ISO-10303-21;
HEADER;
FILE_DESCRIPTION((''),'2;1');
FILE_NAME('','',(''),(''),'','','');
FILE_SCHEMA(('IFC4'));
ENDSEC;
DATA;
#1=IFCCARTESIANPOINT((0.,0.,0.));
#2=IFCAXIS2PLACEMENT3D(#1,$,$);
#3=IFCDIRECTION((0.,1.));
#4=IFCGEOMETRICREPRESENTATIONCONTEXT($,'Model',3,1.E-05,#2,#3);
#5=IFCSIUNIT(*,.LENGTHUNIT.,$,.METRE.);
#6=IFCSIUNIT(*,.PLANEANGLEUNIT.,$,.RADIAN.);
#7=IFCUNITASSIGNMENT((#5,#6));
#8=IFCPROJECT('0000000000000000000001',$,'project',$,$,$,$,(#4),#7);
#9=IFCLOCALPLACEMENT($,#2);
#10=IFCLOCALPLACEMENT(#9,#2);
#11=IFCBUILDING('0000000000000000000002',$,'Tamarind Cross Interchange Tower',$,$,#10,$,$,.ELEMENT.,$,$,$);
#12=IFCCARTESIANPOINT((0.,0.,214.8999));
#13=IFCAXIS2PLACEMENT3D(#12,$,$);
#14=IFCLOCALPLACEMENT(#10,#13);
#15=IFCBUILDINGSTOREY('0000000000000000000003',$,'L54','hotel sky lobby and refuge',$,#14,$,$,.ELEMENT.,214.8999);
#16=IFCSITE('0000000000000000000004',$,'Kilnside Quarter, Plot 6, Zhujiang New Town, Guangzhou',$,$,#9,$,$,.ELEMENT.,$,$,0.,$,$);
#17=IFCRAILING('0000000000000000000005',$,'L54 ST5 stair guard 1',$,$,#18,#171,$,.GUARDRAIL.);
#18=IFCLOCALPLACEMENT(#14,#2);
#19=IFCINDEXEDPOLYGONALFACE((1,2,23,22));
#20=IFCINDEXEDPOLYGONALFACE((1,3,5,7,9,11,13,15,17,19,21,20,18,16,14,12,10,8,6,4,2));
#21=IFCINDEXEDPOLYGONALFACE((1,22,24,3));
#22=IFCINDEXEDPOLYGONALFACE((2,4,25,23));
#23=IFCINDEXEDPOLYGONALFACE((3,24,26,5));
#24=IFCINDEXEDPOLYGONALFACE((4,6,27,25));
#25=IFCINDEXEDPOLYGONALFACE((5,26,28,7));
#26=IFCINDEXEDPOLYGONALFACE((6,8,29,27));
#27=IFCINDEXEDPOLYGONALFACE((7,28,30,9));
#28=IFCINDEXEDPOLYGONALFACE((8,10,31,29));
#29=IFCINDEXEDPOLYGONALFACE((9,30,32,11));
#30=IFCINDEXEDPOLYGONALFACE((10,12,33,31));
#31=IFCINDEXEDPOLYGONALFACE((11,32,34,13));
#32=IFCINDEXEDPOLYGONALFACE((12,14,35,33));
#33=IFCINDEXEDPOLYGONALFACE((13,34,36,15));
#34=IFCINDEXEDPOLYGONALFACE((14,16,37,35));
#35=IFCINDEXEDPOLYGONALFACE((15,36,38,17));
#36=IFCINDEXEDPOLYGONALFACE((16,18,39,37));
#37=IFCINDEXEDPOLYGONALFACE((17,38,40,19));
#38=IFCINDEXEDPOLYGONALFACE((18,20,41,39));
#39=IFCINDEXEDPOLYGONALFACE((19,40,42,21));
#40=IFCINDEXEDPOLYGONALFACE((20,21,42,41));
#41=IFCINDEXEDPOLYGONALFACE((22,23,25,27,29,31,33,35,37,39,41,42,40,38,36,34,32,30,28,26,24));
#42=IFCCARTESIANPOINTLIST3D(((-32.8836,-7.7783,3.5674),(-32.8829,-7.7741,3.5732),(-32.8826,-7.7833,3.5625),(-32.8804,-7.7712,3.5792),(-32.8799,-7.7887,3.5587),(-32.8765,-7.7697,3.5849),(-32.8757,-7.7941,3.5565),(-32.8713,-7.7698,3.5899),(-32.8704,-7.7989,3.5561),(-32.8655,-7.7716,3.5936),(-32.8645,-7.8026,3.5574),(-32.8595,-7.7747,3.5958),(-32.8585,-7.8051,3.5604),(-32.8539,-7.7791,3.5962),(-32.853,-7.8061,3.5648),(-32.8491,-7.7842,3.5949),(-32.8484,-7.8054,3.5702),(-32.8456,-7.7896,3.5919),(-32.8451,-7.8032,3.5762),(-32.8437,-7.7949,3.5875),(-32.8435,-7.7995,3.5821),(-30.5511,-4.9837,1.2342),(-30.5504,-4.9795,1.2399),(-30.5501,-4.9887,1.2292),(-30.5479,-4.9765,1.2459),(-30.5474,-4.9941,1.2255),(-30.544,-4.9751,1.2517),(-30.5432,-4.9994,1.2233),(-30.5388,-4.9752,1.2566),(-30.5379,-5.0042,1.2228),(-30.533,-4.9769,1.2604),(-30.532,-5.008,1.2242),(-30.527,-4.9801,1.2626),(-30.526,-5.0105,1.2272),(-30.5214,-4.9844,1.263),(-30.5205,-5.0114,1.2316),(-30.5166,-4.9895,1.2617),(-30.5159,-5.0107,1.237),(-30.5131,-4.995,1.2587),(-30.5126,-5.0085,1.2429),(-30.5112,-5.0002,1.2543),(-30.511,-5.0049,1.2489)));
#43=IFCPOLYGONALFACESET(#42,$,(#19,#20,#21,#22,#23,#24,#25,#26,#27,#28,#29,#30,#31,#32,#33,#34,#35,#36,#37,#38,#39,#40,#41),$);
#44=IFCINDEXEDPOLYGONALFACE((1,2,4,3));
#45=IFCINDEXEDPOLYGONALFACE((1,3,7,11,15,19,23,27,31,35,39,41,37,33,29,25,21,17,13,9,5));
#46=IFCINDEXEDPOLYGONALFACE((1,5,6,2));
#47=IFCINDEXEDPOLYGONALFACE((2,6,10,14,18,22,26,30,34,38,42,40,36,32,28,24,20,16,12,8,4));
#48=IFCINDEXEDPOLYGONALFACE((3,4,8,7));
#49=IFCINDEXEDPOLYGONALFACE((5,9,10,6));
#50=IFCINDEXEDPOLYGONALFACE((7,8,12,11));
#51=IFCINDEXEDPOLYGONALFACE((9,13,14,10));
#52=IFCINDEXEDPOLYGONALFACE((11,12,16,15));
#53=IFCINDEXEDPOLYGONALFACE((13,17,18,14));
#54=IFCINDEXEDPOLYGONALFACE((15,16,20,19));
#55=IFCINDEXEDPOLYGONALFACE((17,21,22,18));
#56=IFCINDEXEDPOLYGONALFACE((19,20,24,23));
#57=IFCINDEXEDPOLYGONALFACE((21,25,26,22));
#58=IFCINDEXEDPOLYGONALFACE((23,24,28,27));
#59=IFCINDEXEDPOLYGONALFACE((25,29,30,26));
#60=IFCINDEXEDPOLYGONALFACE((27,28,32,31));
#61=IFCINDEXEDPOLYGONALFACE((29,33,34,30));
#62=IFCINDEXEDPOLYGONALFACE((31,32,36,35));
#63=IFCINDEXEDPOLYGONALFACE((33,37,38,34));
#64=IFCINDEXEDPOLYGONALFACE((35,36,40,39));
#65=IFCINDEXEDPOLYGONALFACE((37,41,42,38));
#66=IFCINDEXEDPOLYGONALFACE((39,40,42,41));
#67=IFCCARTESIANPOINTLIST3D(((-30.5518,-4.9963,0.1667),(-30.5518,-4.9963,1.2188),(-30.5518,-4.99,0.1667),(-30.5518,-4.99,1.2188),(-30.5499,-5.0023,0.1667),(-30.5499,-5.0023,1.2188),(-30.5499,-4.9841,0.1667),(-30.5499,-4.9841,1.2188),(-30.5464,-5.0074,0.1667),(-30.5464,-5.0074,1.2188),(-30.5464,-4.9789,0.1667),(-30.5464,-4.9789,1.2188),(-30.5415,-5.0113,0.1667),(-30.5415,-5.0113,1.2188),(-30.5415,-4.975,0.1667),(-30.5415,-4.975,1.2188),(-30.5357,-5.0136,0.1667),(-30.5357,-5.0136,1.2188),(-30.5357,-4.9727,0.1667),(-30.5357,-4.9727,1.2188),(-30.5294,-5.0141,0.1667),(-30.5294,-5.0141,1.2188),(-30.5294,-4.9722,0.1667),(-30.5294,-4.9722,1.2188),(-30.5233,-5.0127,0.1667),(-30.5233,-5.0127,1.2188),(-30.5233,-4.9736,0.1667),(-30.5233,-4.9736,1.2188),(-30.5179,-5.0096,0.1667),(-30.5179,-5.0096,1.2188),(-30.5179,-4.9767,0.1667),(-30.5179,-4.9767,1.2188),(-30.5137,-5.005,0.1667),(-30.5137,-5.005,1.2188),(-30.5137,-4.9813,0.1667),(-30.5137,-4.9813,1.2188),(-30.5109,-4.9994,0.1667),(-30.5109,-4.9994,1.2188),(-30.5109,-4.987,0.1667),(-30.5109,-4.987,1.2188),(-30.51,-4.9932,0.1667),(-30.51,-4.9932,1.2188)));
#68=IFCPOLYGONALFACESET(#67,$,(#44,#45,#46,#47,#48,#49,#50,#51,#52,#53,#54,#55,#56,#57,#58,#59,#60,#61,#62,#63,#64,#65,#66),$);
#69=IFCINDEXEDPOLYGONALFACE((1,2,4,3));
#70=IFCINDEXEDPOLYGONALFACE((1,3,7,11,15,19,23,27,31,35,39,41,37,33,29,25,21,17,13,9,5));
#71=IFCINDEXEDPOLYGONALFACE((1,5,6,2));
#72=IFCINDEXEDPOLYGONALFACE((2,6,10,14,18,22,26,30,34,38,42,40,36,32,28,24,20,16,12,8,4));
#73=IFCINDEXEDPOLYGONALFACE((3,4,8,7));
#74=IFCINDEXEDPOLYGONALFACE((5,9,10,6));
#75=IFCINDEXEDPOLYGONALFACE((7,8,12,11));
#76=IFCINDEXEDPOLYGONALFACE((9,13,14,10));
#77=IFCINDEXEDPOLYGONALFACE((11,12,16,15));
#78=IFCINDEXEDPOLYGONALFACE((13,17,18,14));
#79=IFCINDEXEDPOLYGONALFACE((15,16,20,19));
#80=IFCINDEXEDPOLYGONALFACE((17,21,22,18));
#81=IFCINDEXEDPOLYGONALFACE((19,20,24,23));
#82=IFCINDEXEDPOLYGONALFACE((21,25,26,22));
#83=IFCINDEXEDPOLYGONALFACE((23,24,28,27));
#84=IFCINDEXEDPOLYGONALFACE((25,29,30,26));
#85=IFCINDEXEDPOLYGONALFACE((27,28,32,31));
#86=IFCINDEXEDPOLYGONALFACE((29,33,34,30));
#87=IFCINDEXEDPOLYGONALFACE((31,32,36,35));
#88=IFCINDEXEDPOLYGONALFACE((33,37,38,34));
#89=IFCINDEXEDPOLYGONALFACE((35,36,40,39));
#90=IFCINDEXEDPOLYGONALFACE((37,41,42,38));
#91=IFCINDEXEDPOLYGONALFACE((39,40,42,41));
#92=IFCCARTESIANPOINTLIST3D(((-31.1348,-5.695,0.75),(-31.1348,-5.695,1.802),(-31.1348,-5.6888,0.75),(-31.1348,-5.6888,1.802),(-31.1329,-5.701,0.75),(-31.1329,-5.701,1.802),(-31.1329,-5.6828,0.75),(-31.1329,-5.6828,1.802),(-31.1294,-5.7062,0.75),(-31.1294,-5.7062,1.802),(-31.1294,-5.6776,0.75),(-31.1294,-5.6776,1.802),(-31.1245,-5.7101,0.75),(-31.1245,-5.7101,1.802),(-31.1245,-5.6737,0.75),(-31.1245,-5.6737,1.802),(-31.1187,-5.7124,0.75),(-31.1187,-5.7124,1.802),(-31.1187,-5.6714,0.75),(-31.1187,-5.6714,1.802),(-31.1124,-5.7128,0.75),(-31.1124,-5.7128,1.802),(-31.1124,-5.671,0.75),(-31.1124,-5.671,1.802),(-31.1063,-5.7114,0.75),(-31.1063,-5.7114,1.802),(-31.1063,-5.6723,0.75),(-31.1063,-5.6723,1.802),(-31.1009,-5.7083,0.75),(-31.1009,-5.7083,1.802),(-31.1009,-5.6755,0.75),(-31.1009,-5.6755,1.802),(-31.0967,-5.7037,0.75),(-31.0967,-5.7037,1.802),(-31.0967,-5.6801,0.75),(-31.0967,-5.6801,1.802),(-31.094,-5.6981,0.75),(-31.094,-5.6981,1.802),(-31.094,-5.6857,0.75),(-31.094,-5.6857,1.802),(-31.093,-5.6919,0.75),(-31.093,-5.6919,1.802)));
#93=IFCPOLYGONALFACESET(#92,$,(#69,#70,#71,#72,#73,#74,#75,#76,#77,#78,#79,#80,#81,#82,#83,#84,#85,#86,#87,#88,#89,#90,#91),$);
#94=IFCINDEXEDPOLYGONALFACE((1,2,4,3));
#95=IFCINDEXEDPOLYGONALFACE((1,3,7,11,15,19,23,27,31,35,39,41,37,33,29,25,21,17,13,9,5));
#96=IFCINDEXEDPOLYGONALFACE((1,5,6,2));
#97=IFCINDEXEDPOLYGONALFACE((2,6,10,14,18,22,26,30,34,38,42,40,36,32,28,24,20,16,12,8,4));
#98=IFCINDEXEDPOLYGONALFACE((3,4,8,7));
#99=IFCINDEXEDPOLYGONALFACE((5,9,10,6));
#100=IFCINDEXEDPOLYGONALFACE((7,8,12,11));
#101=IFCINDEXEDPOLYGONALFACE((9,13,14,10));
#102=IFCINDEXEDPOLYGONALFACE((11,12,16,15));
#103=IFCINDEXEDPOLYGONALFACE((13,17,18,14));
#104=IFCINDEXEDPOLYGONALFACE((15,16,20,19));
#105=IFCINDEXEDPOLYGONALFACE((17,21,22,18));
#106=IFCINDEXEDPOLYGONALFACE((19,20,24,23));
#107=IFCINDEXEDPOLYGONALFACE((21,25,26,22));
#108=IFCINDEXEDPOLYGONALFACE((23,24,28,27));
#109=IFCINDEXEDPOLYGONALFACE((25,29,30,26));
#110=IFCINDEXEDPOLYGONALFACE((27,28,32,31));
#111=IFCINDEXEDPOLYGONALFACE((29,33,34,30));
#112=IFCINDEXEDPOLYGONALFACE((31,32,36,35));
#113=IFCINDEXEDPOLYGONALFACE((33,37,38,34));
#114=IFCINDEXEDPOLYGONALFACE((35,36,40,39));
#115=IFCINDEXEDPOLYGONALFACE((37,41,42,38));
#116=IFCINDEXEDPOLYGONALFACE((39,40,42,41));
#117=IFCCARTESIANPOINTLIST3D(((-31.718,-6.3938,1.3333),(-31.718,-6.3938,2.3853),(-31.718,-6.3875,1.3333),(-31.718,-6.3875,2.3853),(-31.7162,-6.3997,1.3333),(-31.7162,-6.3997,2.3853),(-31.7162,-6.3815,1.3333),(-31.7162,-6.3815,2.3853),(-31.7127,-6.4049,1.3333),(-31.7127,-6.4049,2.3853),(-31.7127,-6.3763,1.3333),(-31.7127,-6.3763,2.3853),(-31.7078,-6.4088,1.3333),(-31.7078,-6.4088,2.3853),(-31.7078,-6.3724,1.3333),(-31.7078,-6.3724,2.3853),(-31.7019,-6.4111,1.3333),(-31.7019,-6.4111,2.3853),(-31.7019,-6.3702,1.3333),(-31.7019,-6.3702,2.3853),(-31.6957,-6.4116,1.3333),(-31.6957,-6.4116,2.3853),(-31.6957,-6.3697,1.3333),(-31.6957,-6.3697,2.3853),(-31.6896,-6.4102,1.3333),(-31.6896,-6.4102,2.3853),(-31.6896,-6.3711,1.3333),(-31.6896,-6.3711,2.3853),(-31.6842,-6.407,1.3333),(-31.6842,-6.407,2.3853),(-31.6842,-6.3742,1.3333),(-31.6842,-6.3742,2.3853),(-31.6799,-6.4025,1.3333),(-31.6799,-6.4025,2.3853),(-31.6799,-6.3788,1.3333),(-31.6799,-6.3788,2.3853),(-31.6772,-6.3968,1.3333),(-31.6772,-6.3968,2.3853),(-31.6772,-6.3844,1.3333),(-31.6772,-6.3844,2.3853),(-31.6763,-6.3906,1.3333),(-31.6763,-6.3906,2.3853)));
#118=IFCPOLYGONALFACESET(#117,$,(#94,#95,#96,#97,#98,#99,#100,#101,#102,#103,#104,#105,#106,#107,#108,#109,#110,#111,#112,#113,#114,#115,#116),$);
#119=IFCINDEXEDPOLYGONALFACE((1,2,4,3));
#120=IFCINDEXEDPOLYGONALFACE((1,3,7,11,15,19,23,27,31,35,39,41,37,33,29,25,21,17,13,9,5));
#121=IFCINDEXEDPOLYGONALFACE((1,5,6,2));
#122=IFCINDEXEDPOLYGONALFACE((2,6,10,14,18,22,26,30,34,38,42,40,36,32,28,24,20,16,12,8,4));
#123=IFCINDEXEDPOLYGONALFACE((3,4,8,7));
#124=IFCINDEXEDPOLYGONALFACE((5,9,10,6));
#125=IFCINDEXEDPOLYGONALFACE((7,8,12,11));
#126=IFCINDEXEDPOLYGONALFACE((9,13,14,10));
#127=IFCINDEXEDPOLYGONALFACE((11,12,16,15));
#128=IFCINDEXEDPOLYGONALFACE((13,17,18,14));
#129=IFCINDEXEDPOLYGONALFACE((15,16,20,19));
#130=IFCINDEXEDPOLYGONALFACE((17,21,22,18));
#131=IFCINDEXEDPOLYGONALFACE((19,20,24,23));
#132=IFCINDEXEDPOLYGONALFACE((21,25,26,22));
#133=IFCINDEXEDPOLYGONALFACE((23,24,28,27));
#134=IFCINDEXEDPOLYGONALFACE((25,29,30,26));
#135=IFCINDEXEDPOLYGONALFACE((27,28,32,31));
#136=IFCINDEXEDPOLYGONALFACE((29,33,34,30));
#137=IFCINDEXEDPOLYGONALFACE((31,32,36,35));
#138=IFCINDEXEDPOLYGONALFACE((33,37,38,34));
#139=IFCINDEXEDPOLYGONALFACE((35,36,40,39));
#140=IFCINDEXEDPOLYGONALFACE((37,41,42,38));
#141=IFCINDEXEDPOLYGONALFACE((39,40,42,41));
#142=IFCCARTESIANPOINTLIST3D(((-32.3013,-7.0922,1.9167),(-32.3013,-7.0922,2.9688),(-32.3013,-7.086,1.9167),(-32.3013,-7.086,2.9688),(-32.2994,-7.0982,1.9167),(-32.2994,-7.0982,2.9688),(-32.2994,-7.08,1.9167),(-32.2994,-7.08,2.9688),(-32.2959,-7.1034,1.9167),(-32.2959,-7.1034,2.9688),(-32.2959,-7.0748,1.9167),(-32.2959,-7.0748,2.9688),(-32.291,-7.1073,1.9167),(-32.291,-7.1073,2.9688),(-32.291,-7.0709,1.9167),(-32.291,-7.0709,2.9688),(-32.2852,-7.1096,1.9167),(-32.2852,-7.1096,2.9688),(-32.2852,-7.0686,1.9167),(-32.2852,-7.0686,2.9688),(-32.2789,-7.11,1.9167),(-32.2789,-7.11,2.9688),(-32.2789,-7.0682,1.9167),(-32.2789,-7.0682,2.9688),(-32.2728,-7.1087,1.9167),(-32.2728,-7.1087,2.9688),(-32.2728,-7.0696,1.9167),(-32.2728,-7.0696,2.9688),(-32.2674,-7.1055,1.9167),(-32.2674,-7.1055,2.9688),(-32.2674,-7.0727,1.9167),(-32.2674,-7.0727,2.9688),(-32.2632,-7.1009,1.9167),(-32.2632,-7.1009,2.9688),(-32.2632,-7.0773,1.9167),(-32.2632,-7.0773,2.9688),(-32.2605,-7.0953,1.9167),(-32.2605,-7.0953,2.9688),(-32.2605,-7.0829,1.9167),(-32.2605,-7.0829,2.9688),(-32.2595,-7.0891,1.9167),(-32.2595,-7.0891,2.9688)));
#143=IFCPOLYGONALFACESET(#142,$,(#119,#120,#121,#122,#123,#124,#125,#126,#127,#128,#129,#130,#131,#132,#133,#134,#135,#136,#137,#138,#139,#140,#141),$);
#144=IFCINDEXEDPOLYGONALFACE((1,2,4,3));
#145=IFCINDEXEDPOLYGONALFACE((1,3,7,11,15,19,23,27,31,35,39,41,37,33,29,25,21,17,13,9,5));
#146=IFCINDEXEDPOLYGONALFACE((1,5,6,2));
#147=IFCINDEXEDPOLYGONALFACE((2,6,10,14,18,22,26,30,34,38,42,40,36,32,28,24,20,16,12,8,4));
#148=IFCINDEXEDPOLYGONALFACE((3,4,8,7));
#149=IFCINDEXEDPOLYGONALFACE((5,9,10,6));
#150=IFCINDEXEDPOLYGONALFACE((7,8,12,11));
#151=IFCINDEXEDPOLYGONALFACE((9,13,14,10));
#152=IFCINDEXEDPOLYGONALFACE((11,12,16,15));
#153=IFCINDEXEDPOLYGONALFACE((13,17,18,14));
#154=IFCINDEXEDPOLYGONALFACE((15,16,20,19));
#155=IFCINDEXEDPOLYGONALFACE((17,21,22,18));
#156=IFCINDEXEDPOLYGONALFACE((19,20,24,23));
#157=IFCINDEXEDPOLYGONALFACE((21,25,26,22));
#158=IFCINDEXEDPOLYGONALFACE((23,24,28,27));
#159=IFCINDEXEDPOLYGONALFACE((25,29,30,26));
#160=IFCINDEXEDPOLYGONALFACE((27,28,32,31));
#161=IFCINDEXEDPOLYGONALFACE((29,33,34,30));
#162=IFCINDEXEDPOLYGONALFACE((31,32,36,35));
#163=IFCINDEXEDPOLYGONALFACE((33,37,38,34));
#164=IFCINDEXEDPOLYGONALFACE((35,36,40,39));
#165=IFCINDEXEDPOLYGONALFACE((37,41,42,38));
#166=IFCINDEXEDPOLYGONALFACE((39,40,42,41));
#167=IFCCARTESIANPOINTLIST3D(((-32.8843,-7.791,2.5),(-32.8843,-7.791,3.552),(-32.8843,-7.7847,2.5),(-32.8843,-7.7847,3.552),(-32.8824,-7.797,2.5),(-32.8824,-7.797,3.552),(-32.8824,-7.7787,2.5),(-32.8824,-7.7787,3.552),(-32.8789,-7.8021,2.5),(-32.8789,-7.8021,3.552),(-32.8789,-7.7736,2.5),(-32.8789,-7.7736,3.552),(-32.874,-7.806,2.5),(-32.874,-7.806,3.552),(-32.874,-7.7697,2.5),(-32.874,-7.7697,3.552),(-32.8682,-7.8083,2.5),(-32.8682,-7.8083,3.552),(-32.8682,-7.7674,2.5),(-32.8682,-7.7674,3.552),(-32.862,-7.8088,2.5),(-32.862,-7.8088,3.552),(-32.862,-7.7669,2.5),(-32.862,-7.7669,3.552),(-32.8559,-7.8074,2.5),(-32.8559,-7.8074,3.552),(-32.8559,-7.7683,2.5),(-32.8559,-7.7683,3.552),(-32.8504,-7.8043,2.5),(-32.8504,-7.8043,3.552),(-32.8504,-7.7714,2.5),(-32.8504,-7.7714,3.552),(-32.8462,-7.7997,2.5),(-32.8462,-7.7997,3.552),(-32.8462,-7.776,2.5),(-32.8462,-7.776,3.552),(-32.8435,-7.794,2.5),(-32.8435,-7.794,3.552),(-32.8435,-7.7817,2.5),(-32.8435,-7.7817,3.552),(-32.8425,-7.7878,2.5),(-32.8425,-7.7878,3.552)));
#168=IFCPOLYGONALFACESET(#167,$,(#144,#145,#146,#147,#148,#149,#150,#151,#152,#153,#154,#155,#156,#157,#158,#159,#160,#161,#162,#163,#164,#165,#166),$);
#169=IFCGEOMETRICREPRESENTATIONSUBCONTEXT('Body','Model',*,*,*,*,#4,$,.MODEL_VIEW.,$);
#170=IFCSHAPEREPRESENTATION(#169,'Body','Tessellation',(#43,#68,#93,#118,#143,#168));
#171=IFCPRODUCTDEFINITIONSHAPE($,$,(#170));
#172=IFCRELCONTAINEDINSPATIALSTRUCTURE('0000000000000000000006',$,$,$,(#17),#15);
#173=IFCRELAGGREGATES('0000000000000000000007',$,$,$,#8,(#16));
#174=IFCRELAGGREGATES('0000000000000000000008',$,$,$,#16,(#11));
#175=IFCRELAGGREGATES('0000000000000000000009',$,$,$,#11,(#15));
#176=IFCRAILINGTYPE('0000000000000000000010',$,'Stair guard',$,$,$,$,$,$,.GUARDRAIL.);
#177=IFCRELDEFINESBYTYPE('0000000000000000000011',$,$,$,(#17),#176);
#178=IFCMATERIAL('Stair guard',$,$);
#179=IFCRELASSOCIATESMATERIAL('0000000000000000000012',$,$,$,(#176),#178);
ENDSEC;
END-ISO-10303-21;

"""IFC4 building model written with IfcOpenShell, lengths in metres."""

from ifc_helpers import new_model, si_unit, direction, frame, origin, origin_2d, place, context, subcontext, project, spatial, circle, extrude, material, type_object, element, save


model = new_model("IFC4")

# Units and contexts
model_context = context("Model", 3, precision=1e-05, world=origin(), true_north=direction((0.0, 1.0)))
body_context = subcontext(model_context, "Body", "Model", "MODEL_VIEW")
ifc_project = project(units=[si_unit("LENGTHUNIT", "METRE"), si_unit("PLANEANGLEUNIT", "RADIAN")], contexts=[model_context])

# Site, building, storey
site_placement = place(None, origin())
site = spatial("IfcSite", under=ifc_project, at=site_placement, Name="Kilnside Quarter, Plot 6, Zhujiang New Town, Guangzhou", CompositionType="ELEMENT", RefElevation=0.0)
building_placement = place(site_placement, origin())
building = spatial("IfcBuilding", under=site, at=building_placement, Name="Tamarind Cross Interchange Tower", CompositionType="ELEMENT")
storey_placement = place(building_placement, frame((0.0, 0.0, 214.8999)))
storey = spatial("IfcBuildingStorey", under=building, at=storey_placement, Name="L54", Description="hotel sky lobby and refuge", CompositionType="ELEMENT", Elevation=214.8999)

# Railing
ifc_material_1 = material(Name="Stair guard")
railing_type_1 = type_object("IfcRailingType", Name="Stair guard", PredefinedType="GUARDRAIL", material=ifc_material_1)
railing_1_placement = place(storey_placement, frame((-30.531, -4.9932, 0.1667)))
element("IfcRailing", 1, at=railing_1_placement, inside=storey, type_object=railing_type_1, Name="L54 ST5 stair guard 1", PredefinedType="GUARDRAIL", context=body_context, shape_type="SweptSolid", body=[
    extrude(circle(Radius=0.0239, at=origin_2d()), frame((0.0, 0.0, 1.0762), z_axis=(-0.539465, -0.646353, 0.539634), x_axis=(0.767732, -0.640771, 0.0)), (0.0, 0.0, 1.0), 4.3237),
    extrude(circle(Radius=0.021, at=origin_2d()), origin(), (0.0, 0.0, 1.0), 1.052),
    extrude(circle(Radius=0.021, at=origin_2d()), frame((-0.583, -0.6987, 0.5833)), (0.0, 0.0, 1.0), 1.052),
    extrude(circle(Radius=0.021, at=origin_2d()), frame((-1.1663, -1.3975, 1.1665)), (0.0, 0.0, 1.0), 1.052),
    extrude(circle(Radius=0.021, at=origin_2d()), frame((-1.7495, -2.0959, 1.75)), (0.0, 0.0, 1.0), 1.052),
    extrude(circle(Radius=0.021, at=origin_2d()), frame((-2.3325, -2.7947, 2.3333)), (0.0, 0.0, 1.0), 1.052),
])

save(model, "model.ifc")
